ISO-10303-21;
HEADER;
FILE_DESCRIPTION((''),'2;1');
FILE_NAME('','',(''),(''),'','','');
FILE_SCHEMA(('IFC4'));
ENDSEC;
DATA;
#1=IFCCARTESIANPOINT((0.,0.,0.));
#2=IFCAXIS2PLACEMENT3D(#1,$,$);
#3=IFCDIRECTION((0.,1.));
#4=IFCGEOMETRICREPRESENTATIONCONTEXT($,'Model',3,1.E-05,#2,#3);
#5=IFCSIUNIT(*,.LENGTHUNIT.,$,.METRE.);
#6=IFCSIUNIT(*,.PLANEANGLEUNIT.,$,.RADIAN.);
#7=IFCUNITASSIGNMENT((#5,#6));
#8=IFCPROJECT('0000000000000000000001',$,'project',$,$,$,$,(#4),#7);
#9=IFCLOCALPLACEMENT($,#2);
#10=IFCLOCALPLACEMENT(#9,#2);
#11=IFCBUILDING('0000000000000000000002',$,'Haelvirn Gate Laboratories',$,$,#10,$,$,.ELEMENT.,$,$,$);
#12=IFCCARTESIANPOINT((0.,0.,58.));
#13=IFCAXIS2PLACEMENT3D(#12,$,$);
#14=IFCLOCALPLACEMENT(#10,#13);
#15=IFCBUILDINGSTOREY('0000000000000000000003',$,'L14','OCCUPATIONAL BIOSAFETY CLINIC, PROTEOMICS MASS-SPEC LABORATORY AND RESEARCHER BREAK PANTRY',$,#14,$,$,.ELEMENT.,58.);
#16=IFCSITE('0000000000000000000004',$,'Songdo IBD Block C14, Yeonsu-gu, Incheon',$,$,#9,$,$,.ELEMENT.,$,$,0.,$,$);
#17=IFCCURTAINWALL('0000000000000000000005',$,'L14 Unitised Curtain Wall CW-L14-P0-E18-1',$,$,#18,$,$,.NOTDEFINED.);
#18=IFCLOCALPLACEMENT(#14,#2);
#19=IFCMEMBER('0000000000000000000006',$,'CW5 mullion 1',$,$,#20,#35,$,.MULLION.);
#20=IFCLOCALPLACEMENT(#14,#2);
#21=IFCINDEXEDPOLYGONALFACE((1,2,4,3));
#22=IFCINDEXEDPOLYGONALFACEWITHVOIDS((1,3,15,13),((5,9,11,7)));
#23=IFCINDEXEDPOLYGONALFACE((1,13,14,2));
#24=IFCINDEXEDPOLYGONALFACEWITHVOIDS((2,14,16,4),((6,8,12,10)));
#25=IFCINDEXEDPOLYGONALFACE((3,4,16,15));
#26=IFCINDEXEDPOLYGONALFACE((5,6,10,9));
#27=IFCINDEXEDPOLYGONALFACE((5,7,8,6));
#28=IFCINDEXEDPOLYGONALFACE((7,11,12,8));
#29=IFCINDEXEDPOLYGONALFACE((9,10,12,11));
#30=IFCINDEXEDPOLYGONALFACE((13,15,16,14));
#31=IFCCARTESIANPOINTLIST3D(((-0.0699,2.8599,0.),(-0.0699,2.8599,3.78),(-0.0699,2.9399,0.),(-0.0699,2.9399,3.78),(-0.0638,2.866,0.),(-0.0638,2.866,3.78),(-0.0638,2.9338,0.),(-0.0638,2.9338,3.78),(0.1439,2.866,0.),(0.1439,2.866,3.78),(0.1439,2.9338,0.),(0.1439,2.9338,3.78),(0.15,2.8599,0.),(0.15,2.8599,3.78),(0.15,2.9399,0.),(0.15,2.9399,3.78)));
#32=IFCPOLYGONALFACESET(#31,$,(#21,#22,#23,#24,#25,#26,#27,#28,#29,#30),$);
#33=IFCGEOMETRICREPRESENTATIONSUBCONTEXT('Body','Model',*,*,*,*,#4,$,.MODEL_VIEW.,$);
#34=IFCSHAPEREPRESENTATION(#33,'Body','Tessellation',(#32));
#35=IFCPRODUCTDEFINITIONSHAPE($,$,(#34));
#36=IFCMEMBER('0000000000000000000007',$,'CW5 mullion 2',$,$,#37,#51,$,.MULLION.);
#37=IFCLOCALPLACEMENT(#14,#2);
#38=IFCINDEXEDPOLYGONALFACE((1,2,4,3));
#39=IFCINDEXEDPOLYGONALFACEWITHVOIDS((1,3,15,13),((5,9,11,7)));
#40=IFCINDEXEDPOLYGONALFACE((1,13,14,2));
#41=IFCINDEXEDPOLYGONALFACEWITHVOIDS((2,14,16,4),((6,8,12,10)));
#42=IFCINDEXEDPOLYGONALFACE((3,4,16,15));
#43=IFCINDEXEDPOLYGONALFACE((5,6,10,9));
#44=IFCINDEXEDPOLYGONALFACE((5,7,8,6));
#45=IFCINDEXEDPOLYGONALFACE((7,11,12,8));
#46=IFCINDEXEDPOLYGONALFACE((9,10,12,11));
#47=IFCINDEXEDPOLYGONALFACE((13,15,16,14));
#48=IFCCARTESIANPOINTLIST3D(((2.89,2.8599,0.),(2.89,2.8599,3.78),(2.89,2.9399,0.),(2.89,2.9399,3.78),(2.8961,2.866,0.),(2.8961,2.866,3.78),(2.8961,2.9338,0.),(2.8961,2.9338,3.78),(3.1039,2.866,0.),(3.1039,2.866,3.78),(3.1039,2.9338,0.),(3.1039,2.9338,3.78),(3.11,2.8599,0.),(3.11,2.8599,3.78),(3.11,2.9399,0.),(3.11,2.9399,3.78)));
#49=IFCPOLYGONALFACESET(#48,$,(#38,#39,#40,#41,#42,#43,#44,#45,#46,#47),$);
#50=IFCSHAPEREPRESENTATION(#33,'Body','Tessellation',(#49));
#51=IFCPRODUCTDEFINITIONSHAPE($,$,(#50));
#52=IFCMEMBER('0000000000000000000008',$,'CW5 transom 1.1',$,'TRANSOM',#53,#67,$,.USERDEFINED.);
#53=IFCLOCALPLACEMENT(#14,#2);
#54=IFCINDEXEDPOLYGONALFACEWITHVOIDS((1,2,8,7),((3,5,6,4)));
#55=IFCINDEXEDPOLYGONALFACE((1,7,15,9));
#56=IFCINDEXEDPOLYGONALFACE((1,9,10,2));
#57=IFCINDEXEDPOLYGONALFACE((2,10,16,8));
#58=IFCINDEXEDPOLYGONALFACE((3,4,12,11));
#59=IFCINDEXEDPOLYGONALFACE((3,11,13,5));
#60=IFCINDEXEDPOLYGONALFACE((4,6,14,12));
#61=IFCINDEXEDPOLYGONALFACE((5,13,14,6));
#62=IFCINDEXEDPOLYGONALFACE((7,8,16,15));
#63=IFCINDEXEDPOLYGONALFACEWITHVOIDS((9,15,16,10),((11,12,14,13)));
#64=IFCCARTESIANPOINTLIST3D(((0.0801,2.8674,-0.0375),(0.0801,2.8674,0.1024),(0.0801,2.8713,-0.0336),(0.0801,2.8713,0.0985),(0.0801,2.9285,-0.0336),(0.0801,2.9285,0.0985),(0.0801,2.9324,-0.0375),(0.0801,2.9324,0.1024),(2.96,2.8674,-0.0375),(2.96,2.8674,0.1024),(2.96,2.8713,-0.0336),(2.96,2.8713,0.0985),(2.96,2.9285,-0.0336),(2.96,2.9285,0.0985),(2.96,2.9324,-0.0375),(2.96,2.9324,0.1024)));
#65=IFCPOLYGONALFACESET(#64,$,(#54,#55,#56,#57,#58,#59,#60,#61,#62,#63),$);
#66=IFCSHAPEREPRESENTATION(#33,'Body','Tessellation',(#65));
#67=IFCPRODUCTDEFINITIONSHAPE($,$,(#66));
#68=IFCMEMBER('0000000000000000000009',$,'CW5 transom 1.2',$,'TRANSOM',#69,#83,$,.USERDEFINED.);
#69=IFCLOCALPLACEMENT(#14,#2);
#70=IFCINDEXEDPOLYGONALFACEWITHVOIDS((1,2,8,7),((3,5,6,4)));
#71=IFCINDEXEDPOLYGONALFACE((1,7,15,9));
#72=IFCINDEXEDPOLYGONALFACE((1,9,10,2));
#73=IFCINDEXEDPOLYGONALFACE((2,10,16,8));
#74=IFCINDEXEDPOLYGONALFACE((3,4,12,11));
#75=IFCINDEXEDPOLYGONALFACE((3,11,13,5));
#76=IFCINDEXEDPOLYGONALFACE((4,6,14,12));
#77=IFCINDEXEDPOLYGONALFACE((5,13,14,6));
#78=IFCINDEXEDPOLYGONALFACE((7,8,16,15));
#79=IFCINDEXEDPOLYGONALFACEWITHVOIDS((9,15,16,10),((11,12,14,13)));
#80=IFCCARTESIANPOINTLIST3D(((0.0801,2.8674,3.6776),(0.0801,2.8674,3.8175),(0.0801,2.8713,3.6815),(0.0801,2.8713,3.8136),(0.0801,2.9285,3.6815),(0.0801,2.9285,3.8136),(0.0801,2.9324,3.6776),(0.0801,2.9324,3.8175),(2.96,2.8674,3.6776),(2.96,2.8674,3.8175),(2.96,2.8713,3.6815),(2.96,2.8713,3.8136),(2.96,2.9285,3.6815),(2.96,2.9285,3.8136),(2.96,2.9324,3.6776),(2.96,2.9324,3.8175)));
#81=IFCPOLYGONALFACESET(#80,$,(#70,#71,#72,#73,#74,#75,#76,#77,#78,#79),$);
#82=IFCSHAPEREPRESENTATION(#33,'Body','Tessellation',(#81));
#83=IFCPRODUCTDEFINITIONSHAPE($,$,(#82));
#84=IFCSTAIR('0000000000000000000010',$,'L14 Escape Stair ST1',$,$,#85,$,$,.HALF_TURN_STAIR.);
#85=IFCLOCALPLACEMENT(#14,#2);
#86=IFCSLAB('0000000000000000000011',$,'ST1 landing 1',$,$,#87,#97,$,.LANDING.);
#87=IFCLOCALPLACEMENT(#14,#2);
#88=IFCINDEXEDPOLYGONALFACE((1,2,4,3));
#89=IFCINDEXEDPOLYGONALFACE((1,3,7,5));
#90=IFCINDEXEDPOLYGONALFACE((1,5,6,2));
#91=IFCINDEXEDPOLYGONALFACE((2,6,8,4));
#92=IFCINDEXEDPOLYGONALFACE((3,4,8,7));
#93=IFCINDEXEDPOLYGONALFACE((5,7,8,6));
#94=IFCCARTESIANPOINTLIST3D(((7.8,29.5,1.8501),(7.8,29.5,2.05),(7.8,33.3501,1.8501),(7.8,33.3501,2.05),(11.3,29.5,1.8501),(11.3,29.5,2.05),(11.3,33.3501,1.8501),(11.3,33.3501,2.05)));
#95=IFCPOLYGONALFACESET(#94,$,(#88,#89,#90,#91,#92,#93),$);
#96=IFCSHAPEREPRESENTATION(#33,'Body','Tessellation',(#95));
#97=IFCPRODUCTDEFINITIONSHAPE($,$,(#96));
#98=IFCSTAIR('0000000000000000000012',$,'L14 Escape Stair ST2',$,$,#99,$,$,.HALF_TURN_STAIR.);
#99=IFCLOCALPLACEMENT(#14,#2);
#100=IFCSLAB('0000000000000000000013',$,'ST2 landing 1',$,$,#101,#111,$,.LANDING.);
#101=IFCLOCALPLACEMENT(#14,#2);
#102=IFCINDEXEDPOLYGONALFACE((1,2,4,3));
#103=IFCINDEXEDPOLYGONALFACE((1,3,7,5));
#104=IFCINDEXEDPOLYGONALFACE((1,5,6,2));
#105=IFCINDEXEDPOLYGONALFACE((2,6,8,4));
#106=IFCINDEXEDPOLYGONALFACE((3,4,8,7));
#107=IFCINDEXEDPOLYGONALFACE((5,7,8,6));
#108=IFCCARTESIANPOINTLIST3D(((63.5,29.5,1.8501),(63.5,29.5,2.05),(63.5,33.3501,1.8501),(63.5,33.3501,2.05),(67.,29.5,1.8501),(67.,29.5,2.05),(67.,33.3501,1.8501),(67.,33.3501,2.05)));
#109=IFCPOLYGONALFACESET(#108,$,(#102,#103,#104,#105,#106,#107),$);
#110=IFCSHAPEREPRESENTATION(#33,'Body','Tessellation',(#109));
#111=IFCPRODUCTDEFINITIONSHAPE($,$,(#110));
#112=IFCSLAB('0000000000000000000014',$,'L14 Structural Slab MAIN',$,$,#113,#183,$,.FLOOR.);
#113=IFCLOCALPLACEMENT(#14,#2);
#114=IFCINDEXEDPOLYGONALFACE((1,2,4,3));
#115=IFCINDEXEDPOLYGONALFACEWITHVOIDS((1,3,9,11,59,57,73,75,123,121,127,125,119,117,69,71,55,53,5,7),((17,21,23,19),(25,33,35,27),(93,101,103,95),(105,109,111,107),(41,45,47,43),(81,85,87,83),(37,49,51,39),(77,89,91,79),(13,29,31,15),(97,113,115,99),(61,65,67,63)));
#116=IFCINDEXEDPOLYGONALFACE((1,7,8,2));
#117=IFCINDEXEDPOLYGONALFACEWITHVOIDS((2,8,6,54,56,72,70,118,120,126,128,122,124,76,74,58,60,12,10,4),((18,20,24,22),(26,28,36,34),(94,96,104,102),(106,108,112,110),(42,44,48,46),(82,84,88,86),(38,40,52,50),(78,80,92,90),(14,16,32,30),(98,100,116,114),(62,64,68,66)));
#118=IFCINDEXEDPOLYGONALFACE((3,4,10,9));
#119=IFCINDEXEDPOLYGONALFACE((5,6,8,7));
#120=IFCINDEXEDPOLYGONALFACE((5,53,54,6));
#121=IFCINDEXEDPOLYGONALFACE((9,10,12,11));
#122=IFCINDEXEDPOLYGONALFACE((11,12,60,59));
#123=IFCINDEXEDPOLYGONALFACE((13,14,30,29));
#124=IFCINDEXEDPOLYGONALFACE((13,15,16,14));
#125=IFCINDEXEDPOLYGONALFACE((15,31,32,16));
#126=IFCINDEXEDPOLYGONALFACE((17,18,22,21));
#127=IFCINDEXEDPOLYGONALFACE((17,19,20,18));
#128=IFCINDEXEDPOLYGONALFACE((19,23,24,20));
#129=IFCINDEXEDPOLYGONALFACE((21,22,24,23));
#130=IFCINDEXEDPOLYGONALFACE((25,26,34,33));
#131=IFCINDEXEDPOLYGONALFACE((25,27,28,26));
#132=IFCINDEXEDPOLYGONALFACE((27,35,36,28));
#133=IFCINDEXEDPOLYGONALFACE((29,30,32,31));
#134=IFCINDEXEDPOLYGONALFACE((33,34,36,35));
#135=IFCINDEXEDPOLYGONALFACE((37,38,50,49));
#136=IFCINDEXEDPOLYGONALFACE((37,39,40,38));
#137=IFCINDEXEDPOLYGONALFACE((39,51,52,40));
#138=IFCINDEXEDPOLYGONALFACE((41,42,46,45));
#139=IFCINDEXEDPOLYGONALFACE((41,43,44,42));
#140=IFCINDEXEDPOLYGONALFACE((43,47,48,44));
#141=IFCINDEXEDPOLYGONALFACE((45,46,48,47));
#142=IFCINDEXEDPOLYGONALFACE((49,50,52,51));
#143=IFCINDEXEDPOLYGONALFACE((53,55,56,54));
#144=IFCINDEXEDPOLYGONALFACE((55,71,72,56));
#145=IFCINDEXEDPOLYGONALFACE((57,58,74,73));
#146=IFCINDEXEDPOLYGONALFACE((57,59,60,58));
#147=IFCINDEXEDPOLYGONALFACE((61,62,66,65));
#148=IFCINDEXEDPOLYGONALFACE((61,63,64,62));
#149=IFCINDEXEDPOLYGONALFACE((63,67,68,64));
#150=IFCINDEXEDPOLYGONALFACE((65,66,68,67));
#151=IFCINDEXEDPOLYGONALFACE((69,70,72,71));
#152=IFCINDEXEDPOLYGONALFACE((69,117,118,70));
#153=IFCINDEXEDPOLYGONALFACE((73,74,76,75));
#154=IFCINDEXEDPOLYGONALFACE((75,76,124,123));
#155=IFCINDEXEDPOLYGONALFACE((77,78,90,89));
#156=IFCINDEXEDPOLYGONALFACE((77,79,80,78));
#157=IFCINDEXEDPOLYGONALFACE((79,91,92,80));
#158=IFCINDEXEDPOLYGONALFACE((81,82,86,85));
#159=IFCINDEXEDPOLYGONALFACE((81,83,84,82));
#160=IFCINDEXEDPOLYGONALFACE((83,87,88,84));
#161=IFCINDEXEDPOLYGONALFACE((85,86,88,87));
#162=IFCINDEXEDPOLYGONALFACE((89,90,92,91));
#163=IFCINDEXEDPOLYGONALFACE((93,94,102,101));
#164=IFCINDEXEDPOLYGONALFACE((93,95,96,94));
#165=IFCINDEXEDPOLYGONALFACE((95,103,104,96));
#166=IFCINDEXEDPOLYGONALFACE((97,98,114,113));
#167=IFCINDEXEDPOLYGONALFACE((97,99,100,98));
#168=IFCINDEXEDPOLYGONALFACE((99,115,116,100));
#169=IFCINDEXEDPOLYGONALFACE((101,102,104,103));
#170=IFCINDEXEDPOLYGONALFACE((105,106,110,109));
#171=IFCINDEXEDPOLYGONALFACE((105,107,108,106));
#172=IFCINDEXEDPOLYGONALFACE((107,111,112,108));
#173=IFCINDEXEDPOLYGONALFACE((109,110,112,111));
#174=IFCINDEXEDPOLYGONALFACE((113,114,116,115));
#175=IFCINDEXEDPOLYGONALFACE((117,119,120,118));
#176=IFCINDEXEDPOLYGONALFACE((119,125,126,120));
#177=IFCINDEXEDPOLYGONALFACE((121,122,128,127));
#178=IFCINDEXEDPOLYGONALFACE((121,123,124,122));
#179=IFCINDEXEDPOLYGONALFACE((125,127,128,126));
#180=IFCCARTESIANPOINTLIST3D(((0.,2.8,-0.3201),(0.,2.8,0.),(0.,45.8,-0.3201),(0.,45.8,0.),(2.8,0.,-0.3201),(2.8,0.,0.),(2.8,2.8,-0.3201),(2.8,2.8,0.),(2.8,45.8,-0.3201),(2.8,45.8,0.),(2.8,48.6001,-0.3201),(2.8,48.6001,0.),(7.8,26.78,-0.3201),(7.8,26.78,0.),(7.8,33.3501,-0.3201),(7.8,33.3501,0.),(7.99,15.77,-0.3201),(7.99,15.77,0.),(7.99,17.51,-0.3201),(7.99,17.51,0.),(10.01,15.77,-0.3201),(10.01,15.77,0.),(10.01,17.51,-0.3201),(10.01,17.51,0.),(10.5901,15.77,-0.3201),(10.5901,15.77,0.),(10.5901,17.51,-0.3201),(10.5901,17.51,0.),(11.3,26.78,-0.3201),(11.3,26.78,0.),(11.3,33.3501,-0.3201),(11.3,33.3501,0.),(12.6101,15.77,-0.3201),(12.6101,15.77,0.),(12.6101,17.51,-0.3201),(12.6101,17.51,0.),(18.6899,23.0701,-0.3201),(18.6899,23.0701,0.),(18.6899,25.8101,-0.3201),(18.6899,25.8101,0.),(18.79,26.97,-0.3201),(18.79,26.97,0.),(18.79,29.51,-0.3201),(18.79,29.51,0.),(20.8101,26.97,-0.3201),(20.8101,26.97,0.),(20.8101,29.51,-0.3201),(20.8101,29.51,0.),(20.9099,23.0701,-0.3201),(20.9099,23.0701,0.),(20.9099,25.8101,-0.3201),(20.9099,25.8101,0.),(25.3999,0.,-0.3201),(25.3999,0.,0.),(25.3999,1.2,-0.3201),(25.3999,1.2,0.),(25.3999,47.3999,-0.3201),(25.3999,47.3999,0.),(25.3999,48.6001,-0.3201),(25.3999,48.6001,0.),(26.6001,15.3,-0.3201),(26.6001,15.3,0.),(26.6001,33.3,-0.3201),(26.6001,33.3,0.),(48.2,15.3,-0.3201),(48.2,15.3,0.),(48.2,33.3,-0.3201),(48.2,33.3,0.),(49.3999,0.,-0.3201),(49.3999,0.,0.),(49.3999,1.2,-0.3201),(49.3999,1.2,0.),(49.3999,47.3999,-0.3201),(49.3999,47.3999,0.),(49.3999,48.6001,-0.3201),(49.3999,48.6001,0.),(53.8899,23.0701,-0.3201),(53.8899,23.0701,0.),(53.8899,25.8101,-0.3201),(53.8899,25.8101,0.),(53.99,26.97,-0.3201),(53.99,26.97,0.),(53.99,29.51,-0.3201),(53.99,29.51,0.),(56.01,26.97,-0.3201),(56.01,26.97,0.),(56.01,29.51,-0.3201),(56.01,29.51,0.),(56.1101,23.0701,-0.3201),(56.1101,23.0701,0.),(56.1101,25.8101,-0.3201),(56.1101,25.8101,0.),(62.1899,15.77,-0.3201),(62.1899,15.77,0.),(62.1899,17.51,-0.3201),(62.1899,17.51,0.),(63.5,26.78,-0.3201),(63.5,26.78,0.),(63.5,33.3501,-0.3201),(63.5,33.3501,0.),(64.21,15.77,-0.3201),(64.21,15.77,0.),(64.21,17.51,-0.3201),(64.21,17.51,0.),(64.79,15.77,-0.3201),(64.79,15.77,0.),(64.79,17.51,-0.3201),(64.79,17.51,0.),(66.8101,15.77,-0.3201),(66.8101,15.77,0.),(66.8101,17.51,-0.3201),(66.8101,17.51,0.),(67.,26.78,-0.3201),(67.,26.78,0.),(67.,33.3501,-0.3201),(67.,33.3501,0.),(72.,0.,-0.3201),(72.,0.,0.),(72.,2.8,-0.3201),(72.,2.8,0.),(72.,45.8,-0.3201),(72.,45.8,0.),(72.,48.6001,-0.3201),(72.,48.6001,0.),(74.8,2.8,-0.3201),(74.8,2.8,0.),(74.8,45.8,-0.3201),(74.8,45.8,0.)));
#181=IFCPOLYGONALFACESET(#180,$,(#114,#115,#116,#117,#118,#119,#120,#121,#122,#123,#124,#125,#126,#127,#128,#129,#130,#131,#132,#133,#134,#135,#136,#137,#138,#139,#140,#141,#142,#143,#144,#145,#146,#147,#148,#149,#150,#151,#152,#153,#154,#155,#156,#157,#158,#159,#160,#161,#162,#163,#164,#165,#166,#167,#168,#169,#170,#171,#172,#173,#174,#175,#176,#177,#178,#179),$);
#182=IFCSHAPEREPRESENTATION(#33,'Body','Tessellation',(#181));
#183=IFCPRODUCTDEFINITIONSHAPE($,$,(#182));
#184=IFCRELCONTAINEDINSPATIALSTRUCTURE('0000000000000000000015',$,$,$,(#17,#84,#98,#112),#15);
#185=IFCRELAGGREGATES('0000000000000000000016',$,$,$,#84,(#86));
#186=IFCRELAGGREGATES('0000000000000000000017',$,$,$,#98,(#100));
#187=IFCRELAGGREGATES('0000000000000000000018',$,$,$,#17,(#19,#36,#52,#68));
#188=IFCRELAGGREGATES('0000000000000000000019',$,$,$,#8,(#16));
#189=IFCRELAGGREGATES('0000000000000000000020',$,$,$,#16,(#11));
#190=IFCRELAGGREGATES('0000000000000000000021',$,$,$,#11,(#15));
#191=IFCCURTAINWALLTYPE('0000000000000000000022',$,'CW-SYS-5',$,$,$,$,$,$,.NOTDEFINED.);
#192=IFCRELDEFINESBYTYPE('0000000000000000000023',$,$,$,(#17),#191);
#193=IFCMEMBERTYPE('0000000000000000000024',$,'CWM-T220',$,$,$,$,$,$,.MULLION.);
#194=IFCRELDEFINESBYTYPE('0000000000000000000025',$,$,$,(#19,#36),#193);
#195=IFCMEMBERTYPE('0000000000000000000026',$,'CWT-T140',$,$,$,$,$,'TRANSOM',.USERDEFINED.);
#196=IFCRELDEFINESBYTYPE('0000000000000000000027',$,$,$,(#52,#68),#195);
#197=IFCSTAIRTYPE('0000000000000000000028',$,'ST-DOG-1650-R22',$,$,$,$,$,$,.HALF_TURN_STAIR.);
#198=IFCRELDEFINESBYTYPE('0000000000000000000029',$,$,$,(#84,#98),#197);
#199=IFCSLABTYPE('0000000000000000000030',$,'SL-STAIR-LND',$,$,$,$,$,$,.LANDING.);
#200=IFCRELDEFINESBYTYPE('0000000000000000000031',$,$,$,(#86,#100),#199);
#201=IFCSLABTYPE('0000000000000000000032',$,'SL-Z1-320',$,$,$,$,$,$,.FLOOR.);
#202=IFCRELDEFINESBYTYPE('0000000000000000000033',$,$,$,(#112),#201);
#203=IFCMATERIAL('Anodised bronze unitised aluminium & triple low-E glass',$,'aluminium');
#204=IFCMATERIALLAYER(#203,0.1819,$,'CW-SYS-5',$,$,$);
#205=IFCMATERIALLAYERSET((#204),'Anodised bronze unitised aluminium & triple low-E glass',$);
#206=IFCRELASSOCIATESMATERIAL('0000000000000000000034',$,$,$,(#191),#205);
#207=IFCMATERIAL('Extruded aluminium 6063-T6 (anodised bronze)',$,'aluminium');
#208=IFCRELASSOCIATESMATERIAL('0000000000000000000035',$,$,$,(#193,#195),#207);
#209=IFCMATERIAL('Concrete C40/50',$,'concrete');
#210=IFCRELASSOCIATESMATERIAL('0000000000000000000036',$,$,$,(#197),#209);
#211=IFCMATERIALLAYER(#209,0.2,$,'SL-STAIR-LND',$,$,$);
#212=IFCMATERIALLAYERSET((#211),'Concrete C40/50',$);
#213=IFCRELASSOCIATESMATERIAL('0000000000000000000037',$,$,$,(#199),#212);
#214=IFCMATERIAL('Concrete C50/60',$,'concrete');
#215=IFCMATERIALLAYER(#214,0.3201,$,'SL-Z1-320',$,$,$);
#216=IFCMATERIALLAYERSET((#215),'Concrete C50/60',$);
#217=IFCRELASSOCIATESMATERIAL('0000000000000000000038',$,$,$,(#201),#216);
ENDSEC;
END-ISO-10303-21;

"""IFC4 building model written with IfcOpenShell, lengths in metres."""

from ifc_helpers import new_model, si_unit, direction, frame, origin, origin_2d, place, context, subcontext, project, spatial, polyline, hollow_rectangle, outline, extrude, source, transform, mapped, material, layer, layer_set, material_profile, profile_set, type_object, type_shapes, element, aggregate, save


model = new_model("IFC4")

# Units and contexts
model_context = context("Model", 3, precision=1e-05, world=origin(), true_north=direction((0.0, 1.0)))
body_context = subcontext(model_context, "Body", "Model", "MODEL_VIEW")
ifc_project = project(units=[si_unit("LENGTHUNIT", "METRE"), si_unit("PLANEANGLEUNIT", "RADIAN")], contexts=[model_context])

# Site, building, storey
site_placement = place(None, origin())
site = spatial("IfcSite", under=ifc_project, at=site_placement, Name="Songdo IBD Block C14, Yeonsu-gu, Incheon", CompositionType="ELEMENT", RefElevation=0.0)
building_placement = place(site_placement, origin())
building = spatial("IfcBuilding", under=site, at=building_placement, Name="Haelvirn Gate Laboratories", CompositionType="ELEMENT")
storey_placement = place(building_placement, frame((0.0, 0.0, 58.0)))
storey = spatial("IfcBuildingStorey", under=building, at=storey_placement, Name="L14", Description="OCCUPATIONAL BIOSAFETY CLINIC, PROTEOMICS MASS-SPEC LABORATORY AND RESEARCHER BREAK PANTRY", CompositionType="ELEMENT", Elevation=58.0)

# Shared definitions
ifc_material_1 = material(Name="Anodised bronze unitised aluminium & triple low-E glass", Category="aluminium")
ifc_material_2 = material(Name="Extruded aluminium 6063-T6 (anodised bronze)", Category="aluminium")

# Curtain wall, members
ifc_layer_1 = layer(ifc_material_1, 0.1819, Name="CW-SYS-5")
ifc_layer_set_1 = layer_set([ifc_layer_1], Name="Anodised bronze unitised aluminium & triple low-E glass")
curtain_wall_type_1 = type_object("IfcCurtainWallType", Name="CW-SYS-5", PredefinedType="NOTDEFINED", material=ifc_layer_set_1)
curtain_wall_1_placement = place(storey_placement, origin())
curtain_wall_1 = element("IfcCurtainWall", 1, at=curtain_wall_1_placement, inside=storey, type_object=curtain_wall_type_1, Name="L14 Unitised Curtain Wall CW-L14-P0-E18-1", PredefinedType="NOTDEFINED")
ifc_material_profile_1 = material_profile(ifc_material_2, hollow_rectangle(XDim=0.0801, YDim=0.22, WallThickness=0.0061, at=origin_2d()), Name="CWM-220x80x6")
ifc_profile_set_1 = profile_set([ifc_material_profile_1], Name="Extruded aluminium 6063-T6 (anodised bronze)")
member_type_1 = type_object("IfcMemberType", Name="CWM-T220", PredefinedType="MULLION", material=ifc_profile_set_1)
shared_shape_1 = source(origin(), body_context, "Body", "SweptSolid", [
    extrude(hollow_rectangle(XDim=0.0801, YDim=0.22, WallThickness=0.0061, at=origin_2d()), origin(), (0.0, 0.0, 1.0), 3.78),
])
type_shapes(member_type_1, [shared_shape_1])
member_1_placement = place(storey_placement, frame((0.04, 2.8999, 0.0), z_axis=(0.0, 0.0, 1.0), x_axis=(0.0, 1.0, 0.0)))
member_1 = element("IfcMember", 2, at=member_1_placement, type_object=member_type_1, Name="CW5 mullion 1", PredefinedType="MULLION", context=body_context, shape_type="MappedRepresentation", body=[
    mapped(shared_shape_1, transform((0.0, 0.0, 0.0), scale=1.0)),
])
member_2_placement = place(storey_placement, frame((3.0, 2.8999, 0.0), z_axis=(0.0, 0.0, 1.0), x_axis=(0.0, 1.0, 0.0)))
member_2 = element("IfcMember", 3, at=member_2_placement, type_object=member_type_1, Name="CW5 mullion 2", PredefinedType="MULLION", context=body_context, shape_type="MappedRepresentation", body=[
    mapped(shared_shape_1, transform((0.0, 0.0, 0.0), scale=1.0)),
])
ifc_material_profile_2 = material_profile(ifc_material_2, hollow_rectangle(XDim=0.0649, YDim=0.1399, WallThickness=0.0039, at=origin_2d()), Name="CWT-140x65x4")
ifc_profile_set_2 = profile_set([ifc_material_profile_2], Name="Extruded aluminium 6063-T6 (anodised bronze)")
member_type_2 = type_object("IfcMemberType", Name="CWT-T140", ElementType="TRANSOM", PredefinedType="USERDEFINED", material=ifc_profile_set_2)
shared_shape_2 = source(origin(), body_context, "Body", "SweptSolid", [
    extrude(hollow_rectangle(XDim=0.0649, YDim=0.1399, WallThickness=0.0039, at=origin_2d()), origin(), (0.0, 0.0, 1.0), 2.8799),
])
type_shapes(member_type_2, [shared_shape_2])
member_3_placement = place(storey_placement, frame((0.0801, 2.8999, 0.0325), z_axis=(1.0, 0.0, 0.0), x_axis=(0.0, 1.0, 0.0)))
member_3 = element("IfcMember", 4, at=member_3_placement, type_object=member_type_2, Name="CW5 transom 1.1", ObjectType="TRANSOM", PredefinedType="USERDEFINED", context=body_context, shape_type="MappedRepresentation", body=[
    mapped(shared_shape_2, transform((0.0, 0.0, 0.0), scale=1.0)),
])
member_4_placement = place(storey_placement, frame((0.0801, 2.8999, 3.7476), z_axis=(1.0, 0.0, 0.0), x_axis=(0.0, 1.0, 0.0)))
member_4 = element("IfcMember", 5, at=member_4_placement, type_object=member_type_2, Name="CW5 transom 1.2", ObjectType="TRANSOM", PredefinedType="USERDEFINED", context=body_context, shape_type="MappedRepresentation", body=[
    mapped(shared_shape_2, transform((0.0, 0.0, 0.0), scale=1.0)),
])

# Stairs, slabs
ifc_material_3 = material(Name="Concrete C40/50", Category="concrete")
stair_type = type_object("IfcStairType", Name="ST-DOG-1650-R22", PredefinedType="HALF_TURN_STAIR", material=ifc_material_3)
stair_1_placement = place(storey_placement, origin())
stair_1 = element("IfcStair", 6, at=stair_1_placement, inside=storey, type_object=stair_type, Name="L14 Escape Stair ST1", PredefinedType="HALF_TURN_STAIR")
ifc_layer_2 = layer(ifc_material_3, 0.2, Name="SL-STAIR-LND")
ifc_layer_set_2 = layer_set([ifc_layer_2], Name="Concrete C40/50")
slab_type_1 = type_object("IfcSlabType", Name="SL-STAIR-LND", PredefinedType="LANDING", material=ifc_layer_set_2)
slab_1_placement = place(storey_placement, frame((0.0, 0.0, 1.8501)))
slab_1 = element("IfcSlab", 7, at=slab_1_placement, type_object=slab_type_1, Name="ST1 landing 1", PredefinedType="LANDING", context=body_context, shape_type="SweptSolid", body=[
    extrude(outline(polyline([(11.3, 29.5), (11.3, 33.3501), (7.8, 33.3501), (7.8, 29.5), (11.3, 29.5)])), origin(), (0.0, 0.0, 1.0), 0.2),
])
aggregate(stair_1, [slab_1])
stair_2_placement = place(storey_placement, origin())
stair_2 = element("IfcStair", 8, at=stair_2_placement, inside=storey, type_object=stair_type, Name="L14 Escape Stair ST2", PredefinedType="HALF_TURN_STAIR")
slab_2_placement = place(storey_placement, frame((0.0, 0.0, 1.8501)))
slab_2 = element("IfcSlab", 9, at=slab_2_placement, type_object=slab_type_1, Name="ST2 landing 1", PredefinedType="LANDING", context=body_context, shape_type="SweptSolid", body=[
    extrude(outline(polyline([(67.0, 29.5), (67.0, 33.3501), (63.5, 33.3501), (63.5, 29.5), (67.0, 29.5)])), origin(), (0.0, 0.0, 1.0), 0.2),
])
aggregate(stair_2, [slab_2])

# Slab
ifc_material_4 = material(Name="Concrete C50/60", Category="concrete")
ifc_layer_3 = layer(ifc_material_4, 0.3201, Name="SL-Z1-320")
ifc_layer_set_3 = layer_set([ifc_layer_3], Name="Concrete C50/60")
slab_type_2 = type_object("IfcSlabType", Name="SL-Z1-320", PredefinedType="FLOOR", material=ifc_layer_set_3)
slab_3_placement = place(storey_placement, frame((0.0, 0.0, -0.3201)))
element("IfcSlab", 10, at=slab_3_placement, inside=storey, type_object=slab_type_2, Name="L14 Structural Slab MAIN", PredefinedType="FLOOR", context=body_context, shape_type="SweptSolid", body=[
    extrude(outline(polyline([(2.8, 0.0), (25.3999, 0.0), (25.3999, 1.2), (49.3999, 1.2), (49.3999, 0.0), (72.0, 0.0), (72.0, 2.8), (74.8, 2.8), (74.8, 45.8), (72.0, 45.8), (72.0, 48.6001), (49.3999, 48.6001), (49.3999, 47.3999), (25.3999, 47.3999), (25.3999, 48.6001), (2.8, 48.6001), (2.8, 45.8), (0.0, 45.8), (0.0, 2.8), (2.8, 2.8), (2.8, 0.0)]), holes=[polyline([(26.6001, 15.3), (48.2, 15.3), (48.2, 33.3), (26.6001, 33.3), (26.6001, 15.3)]), polyline([(11.3, 26.78), (11.3, 33.3501), (7.8, 33.3501), (7.8, 26.78), (11.3, 26.78)]), polyline([(67.0, 26.78), (67.0, 33.3501), (63.5, 33.3501), (63.5, 26.78), (67.0, 26.78)]), polyline([(7.99, 15.77), (10.01, 15.77), (10.01, 17.51), (7.99, 17.51), (7.99, 15.77)]), polyline([(10.5901, 15.77), (12.6101, 15.77), (12.6101, 17.51), (10.5901, 17.51), (10.5901, 15.77)]), polyline([(18.79, 26.97), (20.8101, 26.97), (20.8101, 29.51), (18.79, 29.51), (18.79, 26.97)]), polyline([(18.6899, 23.0701), (20.9099, 23.0701), (20.9099, 25.8101), (18.6899, 25.8101), (18.6899, 23.0701)]), polyline([(64.79, 15.77), (66.8101, 15.77), (66.8101, 17.51), (64.79, 17.51), (64.79, 15.77)]), polyline([(62.1899, 15.77), (64.21, 15.77), (64.21, 17.51), (62.1899, 17.51), (62.1899, 15.77)]), polyline([(53.99, 26.97), (56.01, 26.97), (56.01, 29.51), (53.99, 29.51), (53.99, 26.97)]), polyline([(53.8899, 23.0701), (56.1101, 23.0701), (56.1101, 25.8101), (53.8899, 25.8101), (53.8899, 23.0701)])]), origin(), (0.0, 0.0, 1.0), 0.3201),
])

aggregate(curtain_wall_1, [member_1, member_2, member_3, member_4])

save(model, "model.ifc")
